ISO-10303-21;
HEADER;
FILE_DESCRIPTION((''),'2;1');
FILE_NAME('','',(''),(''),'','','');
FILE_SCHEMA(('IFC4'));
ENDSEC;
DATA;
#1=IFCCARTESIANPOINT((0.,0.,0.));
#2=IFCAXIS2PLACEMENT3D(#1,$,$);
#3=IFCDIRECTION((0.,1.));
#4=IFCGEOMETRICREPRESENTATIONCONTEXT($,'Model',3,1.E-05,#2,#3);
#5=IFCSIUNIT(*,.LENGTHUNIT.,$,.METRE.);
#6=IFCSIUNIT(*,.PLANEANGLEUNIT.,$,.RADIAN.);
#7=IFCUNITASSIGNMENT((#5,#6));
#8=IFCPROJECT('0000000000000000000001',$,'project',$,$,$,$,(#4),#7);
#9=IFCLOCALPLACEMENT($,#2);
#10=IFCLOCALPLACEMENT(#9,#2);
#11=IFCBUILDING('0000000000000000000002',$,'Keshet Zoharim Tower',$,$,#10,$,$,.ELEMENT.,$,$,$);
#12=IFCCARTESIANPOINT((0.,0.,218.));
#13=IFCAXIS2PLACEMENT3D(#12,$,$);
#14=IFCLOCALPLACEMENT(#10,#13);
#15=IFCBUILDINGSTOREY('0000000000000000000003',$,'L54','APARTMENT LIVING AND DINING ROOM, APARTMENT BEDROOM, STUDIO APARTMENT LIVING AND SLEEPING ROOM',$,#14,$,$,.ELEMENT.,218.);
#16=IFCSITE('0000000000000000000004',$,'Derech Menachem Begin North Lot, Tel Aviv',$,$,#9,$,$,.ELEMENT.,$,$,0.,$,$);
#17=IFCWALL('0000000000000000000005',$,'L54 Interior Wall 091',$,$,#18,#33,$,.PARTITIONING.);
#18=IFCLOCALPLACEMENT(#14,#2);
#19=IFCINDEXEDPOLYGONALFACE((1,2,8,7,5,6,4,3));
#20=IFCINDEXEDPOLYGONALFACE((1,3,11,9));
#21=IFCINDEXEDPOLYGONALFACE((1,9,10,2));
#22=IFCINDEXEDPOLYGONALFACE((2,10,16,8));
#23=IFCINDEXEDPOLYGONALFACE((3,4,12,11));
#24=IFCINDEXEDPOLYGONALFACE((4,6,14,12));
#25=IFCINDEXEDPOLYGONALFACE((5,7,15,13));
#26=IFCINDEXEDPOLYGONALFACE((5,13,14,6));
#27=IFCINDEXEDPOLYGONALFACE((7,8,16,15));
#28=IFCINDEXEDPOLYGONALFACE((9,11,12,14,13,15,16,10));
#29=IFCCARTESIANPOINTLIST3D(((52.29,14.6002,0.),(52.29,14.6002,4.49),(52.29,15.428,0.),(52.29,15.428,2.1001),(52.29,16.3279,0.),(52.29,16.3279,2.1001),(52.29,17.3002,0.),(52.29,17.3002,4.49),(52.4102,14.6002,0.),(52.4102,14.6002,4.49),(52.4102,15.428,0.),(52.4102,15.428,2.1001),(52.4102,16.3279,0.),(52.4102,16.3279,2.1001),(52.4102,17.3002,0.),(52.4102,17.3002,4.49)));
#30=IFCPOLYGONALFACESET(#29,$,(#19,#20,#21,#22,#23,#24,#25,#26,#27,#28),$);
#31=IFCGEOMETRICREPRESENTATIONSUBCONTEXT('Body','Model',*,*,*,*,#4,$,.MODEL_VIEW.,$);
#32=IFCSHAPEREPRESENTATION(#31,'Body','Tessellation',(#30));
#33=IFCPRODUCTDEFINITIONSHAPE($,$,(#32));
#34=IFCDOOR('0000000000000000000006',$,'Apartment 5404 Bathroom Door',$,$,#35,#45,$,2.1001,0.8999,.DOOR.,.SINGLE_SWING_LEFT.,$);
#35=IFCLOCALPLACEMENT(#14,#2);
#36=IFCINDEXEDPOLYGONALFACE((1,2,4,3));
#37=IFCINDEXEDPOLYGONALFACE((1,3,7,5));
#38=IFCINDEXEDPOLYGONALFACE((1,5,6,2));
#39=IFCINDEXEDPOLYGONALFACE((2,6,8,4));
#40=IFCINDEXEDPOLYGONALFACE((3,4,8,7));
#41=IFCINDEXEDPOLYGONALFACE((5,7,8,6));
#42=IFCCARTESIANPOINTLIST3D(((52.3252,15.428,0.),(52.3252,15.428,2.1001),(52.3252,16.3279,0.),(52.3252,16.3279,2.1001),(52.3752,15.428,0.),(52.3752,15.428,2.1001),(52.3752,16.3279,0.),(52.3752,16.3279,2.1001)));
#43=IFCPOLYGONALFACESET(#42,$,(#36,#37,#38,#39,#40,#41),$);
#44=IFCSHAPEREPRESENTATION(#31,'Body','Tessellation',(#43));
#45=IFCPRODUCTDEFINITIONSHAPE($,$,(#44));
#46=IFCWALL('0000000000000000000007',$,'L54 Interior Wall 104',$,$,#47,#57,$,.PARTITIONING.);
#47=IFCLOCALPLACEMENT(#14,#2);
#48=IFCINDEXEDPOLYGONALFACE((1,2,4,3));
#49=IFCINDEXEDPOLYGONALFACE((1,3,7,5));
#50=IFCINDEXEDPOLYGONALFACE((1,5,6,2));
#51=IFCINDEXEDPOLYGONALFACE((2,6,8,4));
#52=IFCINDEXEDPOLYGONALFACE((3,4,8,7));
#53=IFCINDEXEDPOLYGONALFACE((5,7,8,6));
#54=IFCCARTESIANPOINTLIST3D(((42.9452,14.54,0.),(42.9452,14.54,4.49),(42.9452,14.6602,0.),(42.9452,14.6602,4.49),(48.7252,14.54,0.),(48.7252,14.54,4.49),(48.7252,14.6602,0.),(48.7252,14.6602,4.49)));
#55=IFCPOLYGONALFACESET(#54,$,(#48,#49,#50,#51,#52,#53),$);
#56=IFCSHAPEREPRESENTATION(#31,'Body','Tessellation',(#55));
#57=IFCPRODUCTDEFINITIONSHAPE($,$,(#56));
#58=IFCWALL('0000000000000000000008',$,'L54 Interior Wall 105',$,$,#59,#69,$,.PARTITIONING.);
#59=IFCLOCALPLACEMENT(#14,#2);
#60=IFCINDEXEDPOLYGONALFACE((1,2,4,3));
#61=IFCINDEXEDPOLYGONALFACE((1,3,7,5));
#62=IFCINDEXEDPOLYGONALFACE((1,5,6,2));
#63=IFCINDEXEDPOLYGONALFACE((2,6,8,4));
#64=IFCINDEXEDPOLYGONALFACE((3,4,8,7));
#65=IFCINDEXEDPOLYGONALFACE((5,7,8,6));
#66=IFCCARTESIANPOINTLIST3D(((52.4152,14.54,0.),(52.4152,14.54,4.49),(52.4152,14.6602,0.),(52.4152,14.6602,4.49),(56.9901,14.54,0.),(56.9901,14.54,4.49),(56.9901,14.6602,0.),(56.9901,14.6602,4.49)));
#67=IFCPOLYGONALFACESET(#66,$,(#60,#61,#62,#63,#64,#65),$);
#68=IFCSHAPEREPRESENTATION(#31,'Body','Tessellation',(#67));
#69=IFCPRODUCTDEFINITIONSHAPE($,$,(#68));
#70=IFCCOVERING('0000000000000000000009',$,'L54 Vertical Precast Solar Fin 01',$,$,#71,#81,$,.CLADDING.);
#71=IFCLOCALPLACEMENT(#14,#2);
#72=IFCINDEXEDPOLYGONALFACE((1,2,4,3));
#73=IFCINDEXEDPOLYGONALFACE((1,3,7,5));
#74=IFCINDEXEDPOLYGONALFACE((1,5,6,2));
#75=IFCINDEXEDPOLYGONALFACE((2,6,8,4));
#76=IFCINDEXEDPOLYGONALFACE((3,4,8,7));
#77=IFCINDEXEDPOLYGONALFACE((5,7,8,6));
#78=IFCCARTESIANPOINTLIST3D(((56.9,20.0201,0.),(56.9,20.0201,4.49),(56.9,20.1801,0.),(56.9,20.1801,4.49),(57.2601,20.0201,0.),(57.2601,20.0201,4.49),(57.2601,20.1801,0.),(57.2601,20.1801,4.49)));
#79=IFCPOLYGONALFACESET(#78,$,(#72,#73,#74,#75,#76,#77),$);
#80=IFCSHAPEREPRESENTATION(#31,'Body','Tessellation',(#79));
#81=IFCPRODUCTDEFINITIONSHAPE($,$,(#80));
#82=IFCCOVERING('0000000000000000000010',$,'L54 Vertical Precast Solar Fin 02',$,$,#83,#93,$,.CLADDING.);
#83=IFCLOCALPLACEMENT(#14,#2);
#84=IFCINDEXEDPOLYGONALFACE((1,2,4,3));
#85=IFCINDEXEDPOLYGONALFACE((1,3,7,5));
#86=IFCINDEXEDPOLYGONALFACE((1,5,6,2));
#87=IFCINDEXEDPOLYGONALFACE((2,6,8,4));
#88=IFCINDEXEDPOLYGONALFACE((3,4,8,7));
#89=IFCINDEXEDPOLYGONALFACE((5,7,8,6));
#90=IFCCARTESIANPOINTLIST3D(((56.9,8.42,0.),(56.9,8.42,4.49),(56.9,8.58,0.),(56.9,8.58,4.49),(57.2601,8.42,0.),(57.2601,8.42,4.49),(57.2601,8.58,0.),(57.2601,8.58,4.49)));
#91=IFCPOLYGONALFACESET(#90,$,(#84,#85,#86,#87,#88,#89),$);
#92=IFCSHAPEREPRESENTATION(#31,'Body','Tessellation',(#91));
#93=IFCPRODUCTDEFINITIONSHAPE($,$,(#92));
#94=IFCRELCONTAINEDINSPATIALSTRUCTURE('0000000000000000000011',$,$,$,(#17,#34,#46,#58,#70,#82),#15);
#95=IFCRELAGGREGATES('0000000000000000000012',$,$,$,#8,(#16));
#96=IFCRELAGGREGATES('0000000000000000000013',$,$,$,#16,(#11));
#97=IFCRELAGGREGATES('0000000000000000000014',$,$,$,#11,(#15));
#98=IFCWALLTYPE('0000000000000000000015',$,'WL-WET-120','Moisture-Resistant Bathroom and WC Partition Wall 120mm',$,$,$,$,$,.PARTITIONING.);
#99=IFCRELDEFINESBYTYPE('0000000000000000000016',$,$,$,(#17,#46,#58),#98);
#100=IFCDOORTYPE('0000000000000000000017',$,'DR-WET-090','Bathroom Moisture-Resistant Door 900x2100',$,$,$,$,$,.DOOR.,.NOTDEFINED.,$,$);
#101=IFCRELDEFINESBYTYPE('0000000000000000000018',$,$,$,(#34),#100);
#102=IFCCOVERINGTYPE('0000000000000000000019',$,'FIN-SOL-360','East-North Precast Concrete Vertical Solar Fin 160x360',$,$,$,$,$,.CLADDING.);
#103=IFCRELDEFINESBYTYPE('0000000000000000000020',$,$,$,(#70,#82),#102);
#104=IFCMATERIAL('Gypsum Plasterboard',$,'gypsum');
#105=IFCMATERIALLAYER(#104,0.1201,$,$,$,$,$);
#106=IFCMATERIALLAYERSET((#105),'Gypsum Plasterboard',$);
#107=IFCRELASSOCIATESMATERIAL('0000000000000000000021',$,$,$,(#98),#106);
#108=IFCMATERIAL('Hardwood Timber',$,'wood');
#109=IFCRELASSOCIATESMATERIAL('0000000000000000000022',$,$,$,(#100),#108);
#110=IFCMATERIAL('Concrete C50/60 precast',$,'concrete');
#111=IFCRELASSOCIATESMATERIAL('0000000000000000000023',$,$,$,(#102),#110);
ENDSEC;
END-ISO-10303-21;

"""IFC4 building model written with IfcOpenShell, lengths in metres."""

from ifc_helpers import new_model, si_unit, direction, frame, frame_2d, origin, origin_2d, place, context, subcontext, project, spatial, rectangle, extrude, material, layer, layer_set, type_object, element, fill, save


model = new_model("IFC4")

# Units and contexts
model_context = context("Model", 3, precision=1e-05, world=origin(), true_north=direction((0.0, 1.0)))
body_context = subcontext(model_context, "Body", "Model", "MODEL_VIEW")
ifc_project = project(units=[si_unit("LENGTHUNIT", "METRE"), si_unit("PLANEANGLEUNIT", "RADIAN")], contexts=[model_context])

# Site, building, storey
site_placement = place(None, origin())
site = spatial("IfcSite", under=ifc_project, at=site_placement, Name="Derech Menachem Begin North Lot, Tel Aviv", CompositionType="ELEMENT", RefElevation=0.0)
building_placement = place(site_placement, origin())
building = spatial("IfcBuilding", under=site, at=building_placement, Name="Keshet Zoharim Tower", CompositionType="ELEMENT")
storey_placement = place(building_placement, frame((0.0, 0.0, 218.0)))
storey = spatial("IfcBuildingStorey", under=building, at=storey_placement, Name="L54", Description="APARTMENT LIVING AND DINING ROOM, APARTMENT BEDROOM, STUDIO APARTMENT LIVING AND SLEEPING ROOM", CompositionType="ELEMENT", Elevation=218.0)

# Shared definitions
ifc_material_1 = material(Name="Gypsum Plasterboard", Category="gypsum")

# Shared definitions
ifc_material_2 = material(Name="Hardwood Timber", Category="wood")

# Shared definitions
ifc_layer_1 = layer(ifc_material_1, 0.1201)
ifc_layer_set_1 = layer_set([ifc_layer_1], Name="Gypsum Plasterboard")
wall_type_1 = type_object("IfcWallType", Name="WL-WET-120", Description="Moisture-Resistant Bathroom and WC Partition Wall 120mm", PredefinedType="PARTITIONING", material=ifc_layer_set_1)
door_type_1 = type_object("IfcDoorType", Name="DR-WET-090", Description="Bathroom Moisture-Resistant Door 900x2100", OperationType="NOTDEFINED", PredefinedType="DOOR", material=ifc_material_2)

# Wall, opening, door
wall_1_placement = place(storey_placement, frame((52.3501, 14.6001, 0.0), z_axis=(0.0, 0.0, 1.0), x_axis=(0.0, 1.0, 0.0)))
wall_1 = element("IfcWall", 1, at=wall_1_placement, inside=storey, type_object=wall_type_1, Name="L54 Interior Wall 091", PredefinedType="PARTITIONING", context=body_context, shape_type="SweptSolid", body=[
    extrude(rectangle(XDim=2.7, YDim=0.1201, at=frame_2d((1.3501, 0.0))), origin(), (0.0, 0.0, 1.0), 4.49),
])
opening_1_placement = place(wall_1_placement, frame((0.8279, 0.0, 0.0)))
opening_1 = element("IfcOpeningElement", 2, at=opening_1_placement, cuts=wall_1, PredefinedType="OPENING", context=body_context, shape_type="SweptSolid", body=[
    extrude(rectangle(XDim=0.8999, YDim=2.1001, at=frame_2d((0.45, 1.05))), frame((0.0, 0.0701, 0.0), z_axis=(0.0, -1.0, 0.0), x_axis=(1.0, 0.0, 0.0)), (0.0, 0.0, 1.0), 0.1401),
])
door_1_placement = place(opening_1_placement, origin())
door_1 = element("IfcDoor", 3, at=door_1_placement, inside=storey, type_object=door_type_1, Name="Apartment 5404 Bathroom Door", OperationType="SINGLE_SWING_LEFT", OverallHeight=2.1001, OverallWidth=0.8999, PredefinedType="DOOR", context=body_context, shape_type="SweptSolid", body=[
    extrude(rectangle(XDim=0.8999, YDim=2.1001, at=frame_2d((0.45, 1.05))), frame((0.0, 0.0249, 0.0), z_axis=(0.0, -1.0, 0.0), x_axis=(1.0, 0.0, 0.0)), (0.0, 0.0, 1.0), 0.05),
])
fill(opening_1, door_1)

# Walls
wall_2_placement = place(storey_placement, frame((42.9451, 14.6001, 0.0), z_axis=(0.0, 0.0, 1.0), x_axis=(1.0, 0.0, 0.0)))
element("IfcWall", 4, at=wall_2_placement, inside=storey, type_object=wall_type_1, Name="L54 Interior Wall 104", PredefinedType="PARTITIONING", context=body_context, shape_type="SweptSolid", body=[
    extrude(rectangle(XDim=5.78, YDim=0.1201, at=frame_2d((2.8901, 0.0))), origin(), (0.0, 0.0, 1.0), 4.49),
])
wall_3_placement = place(storey_placement, frame((52.415, 14.6001, 0.0), z_axis=(0.0, 0.0, 1.0), x_axis=(1.0, 0.0, 0.0)))
element("IfcWall", 5, at=wall_3_placement, inside=storey, type_object=wall_type_1, Name="L54 Interior Wall 105", PredefinedType="PARTITIONING", context=body_context, shape_type="SweptSolid", body=[
    extrude(rectangle(XDim=4.575, YDim=0.1201, at=frame_2d((2.2876, 0.0))), origin(), (0.0, 0.0, 1.0), 4.49),
])

# Coverings
ifc_material_3 = material(Name="Concrete C50/60 precast", Category="concrete")
covering_type = type_object("IfcCoveringType", Name="FIN-SOL-360", Description="East-North Precast Concrete Vertical Solar Fin 160x360", PredefinedType="CLADDING", material=ifc_material_3)
for number, where, z_axis, x_axis, name in (
    (6, (57.0801, 20.1001, 0.0), (0.0, 0.0, 1.0), (0.0, -1.0, 0.0), "L54 Vertical Precast Solar Fin 01"),
    (7, (57.0801, 8.5, 0.0), (0.0, 0.0, 1.0), (0.0, -1.0, 0.0), "L54 Vertical Precast Solar Fin 02"),
):
    element("IfcCovering", number, at=place(storey_placement, frame(where, z_axis=z_axis, x_axis=x_axis)), inside=storey, type_object=covering_type, Name=name, PredefinedType="CLADDING", context=body_context, shape_type="SweptSolid", body=[
        extrude(rectangle(XDim=0.1599, YDim=0.3601, at=origin_2d()), origin(), (0.0, 0.0, 1.0), 4.49),
    ])

save(model, "model.ifc")
